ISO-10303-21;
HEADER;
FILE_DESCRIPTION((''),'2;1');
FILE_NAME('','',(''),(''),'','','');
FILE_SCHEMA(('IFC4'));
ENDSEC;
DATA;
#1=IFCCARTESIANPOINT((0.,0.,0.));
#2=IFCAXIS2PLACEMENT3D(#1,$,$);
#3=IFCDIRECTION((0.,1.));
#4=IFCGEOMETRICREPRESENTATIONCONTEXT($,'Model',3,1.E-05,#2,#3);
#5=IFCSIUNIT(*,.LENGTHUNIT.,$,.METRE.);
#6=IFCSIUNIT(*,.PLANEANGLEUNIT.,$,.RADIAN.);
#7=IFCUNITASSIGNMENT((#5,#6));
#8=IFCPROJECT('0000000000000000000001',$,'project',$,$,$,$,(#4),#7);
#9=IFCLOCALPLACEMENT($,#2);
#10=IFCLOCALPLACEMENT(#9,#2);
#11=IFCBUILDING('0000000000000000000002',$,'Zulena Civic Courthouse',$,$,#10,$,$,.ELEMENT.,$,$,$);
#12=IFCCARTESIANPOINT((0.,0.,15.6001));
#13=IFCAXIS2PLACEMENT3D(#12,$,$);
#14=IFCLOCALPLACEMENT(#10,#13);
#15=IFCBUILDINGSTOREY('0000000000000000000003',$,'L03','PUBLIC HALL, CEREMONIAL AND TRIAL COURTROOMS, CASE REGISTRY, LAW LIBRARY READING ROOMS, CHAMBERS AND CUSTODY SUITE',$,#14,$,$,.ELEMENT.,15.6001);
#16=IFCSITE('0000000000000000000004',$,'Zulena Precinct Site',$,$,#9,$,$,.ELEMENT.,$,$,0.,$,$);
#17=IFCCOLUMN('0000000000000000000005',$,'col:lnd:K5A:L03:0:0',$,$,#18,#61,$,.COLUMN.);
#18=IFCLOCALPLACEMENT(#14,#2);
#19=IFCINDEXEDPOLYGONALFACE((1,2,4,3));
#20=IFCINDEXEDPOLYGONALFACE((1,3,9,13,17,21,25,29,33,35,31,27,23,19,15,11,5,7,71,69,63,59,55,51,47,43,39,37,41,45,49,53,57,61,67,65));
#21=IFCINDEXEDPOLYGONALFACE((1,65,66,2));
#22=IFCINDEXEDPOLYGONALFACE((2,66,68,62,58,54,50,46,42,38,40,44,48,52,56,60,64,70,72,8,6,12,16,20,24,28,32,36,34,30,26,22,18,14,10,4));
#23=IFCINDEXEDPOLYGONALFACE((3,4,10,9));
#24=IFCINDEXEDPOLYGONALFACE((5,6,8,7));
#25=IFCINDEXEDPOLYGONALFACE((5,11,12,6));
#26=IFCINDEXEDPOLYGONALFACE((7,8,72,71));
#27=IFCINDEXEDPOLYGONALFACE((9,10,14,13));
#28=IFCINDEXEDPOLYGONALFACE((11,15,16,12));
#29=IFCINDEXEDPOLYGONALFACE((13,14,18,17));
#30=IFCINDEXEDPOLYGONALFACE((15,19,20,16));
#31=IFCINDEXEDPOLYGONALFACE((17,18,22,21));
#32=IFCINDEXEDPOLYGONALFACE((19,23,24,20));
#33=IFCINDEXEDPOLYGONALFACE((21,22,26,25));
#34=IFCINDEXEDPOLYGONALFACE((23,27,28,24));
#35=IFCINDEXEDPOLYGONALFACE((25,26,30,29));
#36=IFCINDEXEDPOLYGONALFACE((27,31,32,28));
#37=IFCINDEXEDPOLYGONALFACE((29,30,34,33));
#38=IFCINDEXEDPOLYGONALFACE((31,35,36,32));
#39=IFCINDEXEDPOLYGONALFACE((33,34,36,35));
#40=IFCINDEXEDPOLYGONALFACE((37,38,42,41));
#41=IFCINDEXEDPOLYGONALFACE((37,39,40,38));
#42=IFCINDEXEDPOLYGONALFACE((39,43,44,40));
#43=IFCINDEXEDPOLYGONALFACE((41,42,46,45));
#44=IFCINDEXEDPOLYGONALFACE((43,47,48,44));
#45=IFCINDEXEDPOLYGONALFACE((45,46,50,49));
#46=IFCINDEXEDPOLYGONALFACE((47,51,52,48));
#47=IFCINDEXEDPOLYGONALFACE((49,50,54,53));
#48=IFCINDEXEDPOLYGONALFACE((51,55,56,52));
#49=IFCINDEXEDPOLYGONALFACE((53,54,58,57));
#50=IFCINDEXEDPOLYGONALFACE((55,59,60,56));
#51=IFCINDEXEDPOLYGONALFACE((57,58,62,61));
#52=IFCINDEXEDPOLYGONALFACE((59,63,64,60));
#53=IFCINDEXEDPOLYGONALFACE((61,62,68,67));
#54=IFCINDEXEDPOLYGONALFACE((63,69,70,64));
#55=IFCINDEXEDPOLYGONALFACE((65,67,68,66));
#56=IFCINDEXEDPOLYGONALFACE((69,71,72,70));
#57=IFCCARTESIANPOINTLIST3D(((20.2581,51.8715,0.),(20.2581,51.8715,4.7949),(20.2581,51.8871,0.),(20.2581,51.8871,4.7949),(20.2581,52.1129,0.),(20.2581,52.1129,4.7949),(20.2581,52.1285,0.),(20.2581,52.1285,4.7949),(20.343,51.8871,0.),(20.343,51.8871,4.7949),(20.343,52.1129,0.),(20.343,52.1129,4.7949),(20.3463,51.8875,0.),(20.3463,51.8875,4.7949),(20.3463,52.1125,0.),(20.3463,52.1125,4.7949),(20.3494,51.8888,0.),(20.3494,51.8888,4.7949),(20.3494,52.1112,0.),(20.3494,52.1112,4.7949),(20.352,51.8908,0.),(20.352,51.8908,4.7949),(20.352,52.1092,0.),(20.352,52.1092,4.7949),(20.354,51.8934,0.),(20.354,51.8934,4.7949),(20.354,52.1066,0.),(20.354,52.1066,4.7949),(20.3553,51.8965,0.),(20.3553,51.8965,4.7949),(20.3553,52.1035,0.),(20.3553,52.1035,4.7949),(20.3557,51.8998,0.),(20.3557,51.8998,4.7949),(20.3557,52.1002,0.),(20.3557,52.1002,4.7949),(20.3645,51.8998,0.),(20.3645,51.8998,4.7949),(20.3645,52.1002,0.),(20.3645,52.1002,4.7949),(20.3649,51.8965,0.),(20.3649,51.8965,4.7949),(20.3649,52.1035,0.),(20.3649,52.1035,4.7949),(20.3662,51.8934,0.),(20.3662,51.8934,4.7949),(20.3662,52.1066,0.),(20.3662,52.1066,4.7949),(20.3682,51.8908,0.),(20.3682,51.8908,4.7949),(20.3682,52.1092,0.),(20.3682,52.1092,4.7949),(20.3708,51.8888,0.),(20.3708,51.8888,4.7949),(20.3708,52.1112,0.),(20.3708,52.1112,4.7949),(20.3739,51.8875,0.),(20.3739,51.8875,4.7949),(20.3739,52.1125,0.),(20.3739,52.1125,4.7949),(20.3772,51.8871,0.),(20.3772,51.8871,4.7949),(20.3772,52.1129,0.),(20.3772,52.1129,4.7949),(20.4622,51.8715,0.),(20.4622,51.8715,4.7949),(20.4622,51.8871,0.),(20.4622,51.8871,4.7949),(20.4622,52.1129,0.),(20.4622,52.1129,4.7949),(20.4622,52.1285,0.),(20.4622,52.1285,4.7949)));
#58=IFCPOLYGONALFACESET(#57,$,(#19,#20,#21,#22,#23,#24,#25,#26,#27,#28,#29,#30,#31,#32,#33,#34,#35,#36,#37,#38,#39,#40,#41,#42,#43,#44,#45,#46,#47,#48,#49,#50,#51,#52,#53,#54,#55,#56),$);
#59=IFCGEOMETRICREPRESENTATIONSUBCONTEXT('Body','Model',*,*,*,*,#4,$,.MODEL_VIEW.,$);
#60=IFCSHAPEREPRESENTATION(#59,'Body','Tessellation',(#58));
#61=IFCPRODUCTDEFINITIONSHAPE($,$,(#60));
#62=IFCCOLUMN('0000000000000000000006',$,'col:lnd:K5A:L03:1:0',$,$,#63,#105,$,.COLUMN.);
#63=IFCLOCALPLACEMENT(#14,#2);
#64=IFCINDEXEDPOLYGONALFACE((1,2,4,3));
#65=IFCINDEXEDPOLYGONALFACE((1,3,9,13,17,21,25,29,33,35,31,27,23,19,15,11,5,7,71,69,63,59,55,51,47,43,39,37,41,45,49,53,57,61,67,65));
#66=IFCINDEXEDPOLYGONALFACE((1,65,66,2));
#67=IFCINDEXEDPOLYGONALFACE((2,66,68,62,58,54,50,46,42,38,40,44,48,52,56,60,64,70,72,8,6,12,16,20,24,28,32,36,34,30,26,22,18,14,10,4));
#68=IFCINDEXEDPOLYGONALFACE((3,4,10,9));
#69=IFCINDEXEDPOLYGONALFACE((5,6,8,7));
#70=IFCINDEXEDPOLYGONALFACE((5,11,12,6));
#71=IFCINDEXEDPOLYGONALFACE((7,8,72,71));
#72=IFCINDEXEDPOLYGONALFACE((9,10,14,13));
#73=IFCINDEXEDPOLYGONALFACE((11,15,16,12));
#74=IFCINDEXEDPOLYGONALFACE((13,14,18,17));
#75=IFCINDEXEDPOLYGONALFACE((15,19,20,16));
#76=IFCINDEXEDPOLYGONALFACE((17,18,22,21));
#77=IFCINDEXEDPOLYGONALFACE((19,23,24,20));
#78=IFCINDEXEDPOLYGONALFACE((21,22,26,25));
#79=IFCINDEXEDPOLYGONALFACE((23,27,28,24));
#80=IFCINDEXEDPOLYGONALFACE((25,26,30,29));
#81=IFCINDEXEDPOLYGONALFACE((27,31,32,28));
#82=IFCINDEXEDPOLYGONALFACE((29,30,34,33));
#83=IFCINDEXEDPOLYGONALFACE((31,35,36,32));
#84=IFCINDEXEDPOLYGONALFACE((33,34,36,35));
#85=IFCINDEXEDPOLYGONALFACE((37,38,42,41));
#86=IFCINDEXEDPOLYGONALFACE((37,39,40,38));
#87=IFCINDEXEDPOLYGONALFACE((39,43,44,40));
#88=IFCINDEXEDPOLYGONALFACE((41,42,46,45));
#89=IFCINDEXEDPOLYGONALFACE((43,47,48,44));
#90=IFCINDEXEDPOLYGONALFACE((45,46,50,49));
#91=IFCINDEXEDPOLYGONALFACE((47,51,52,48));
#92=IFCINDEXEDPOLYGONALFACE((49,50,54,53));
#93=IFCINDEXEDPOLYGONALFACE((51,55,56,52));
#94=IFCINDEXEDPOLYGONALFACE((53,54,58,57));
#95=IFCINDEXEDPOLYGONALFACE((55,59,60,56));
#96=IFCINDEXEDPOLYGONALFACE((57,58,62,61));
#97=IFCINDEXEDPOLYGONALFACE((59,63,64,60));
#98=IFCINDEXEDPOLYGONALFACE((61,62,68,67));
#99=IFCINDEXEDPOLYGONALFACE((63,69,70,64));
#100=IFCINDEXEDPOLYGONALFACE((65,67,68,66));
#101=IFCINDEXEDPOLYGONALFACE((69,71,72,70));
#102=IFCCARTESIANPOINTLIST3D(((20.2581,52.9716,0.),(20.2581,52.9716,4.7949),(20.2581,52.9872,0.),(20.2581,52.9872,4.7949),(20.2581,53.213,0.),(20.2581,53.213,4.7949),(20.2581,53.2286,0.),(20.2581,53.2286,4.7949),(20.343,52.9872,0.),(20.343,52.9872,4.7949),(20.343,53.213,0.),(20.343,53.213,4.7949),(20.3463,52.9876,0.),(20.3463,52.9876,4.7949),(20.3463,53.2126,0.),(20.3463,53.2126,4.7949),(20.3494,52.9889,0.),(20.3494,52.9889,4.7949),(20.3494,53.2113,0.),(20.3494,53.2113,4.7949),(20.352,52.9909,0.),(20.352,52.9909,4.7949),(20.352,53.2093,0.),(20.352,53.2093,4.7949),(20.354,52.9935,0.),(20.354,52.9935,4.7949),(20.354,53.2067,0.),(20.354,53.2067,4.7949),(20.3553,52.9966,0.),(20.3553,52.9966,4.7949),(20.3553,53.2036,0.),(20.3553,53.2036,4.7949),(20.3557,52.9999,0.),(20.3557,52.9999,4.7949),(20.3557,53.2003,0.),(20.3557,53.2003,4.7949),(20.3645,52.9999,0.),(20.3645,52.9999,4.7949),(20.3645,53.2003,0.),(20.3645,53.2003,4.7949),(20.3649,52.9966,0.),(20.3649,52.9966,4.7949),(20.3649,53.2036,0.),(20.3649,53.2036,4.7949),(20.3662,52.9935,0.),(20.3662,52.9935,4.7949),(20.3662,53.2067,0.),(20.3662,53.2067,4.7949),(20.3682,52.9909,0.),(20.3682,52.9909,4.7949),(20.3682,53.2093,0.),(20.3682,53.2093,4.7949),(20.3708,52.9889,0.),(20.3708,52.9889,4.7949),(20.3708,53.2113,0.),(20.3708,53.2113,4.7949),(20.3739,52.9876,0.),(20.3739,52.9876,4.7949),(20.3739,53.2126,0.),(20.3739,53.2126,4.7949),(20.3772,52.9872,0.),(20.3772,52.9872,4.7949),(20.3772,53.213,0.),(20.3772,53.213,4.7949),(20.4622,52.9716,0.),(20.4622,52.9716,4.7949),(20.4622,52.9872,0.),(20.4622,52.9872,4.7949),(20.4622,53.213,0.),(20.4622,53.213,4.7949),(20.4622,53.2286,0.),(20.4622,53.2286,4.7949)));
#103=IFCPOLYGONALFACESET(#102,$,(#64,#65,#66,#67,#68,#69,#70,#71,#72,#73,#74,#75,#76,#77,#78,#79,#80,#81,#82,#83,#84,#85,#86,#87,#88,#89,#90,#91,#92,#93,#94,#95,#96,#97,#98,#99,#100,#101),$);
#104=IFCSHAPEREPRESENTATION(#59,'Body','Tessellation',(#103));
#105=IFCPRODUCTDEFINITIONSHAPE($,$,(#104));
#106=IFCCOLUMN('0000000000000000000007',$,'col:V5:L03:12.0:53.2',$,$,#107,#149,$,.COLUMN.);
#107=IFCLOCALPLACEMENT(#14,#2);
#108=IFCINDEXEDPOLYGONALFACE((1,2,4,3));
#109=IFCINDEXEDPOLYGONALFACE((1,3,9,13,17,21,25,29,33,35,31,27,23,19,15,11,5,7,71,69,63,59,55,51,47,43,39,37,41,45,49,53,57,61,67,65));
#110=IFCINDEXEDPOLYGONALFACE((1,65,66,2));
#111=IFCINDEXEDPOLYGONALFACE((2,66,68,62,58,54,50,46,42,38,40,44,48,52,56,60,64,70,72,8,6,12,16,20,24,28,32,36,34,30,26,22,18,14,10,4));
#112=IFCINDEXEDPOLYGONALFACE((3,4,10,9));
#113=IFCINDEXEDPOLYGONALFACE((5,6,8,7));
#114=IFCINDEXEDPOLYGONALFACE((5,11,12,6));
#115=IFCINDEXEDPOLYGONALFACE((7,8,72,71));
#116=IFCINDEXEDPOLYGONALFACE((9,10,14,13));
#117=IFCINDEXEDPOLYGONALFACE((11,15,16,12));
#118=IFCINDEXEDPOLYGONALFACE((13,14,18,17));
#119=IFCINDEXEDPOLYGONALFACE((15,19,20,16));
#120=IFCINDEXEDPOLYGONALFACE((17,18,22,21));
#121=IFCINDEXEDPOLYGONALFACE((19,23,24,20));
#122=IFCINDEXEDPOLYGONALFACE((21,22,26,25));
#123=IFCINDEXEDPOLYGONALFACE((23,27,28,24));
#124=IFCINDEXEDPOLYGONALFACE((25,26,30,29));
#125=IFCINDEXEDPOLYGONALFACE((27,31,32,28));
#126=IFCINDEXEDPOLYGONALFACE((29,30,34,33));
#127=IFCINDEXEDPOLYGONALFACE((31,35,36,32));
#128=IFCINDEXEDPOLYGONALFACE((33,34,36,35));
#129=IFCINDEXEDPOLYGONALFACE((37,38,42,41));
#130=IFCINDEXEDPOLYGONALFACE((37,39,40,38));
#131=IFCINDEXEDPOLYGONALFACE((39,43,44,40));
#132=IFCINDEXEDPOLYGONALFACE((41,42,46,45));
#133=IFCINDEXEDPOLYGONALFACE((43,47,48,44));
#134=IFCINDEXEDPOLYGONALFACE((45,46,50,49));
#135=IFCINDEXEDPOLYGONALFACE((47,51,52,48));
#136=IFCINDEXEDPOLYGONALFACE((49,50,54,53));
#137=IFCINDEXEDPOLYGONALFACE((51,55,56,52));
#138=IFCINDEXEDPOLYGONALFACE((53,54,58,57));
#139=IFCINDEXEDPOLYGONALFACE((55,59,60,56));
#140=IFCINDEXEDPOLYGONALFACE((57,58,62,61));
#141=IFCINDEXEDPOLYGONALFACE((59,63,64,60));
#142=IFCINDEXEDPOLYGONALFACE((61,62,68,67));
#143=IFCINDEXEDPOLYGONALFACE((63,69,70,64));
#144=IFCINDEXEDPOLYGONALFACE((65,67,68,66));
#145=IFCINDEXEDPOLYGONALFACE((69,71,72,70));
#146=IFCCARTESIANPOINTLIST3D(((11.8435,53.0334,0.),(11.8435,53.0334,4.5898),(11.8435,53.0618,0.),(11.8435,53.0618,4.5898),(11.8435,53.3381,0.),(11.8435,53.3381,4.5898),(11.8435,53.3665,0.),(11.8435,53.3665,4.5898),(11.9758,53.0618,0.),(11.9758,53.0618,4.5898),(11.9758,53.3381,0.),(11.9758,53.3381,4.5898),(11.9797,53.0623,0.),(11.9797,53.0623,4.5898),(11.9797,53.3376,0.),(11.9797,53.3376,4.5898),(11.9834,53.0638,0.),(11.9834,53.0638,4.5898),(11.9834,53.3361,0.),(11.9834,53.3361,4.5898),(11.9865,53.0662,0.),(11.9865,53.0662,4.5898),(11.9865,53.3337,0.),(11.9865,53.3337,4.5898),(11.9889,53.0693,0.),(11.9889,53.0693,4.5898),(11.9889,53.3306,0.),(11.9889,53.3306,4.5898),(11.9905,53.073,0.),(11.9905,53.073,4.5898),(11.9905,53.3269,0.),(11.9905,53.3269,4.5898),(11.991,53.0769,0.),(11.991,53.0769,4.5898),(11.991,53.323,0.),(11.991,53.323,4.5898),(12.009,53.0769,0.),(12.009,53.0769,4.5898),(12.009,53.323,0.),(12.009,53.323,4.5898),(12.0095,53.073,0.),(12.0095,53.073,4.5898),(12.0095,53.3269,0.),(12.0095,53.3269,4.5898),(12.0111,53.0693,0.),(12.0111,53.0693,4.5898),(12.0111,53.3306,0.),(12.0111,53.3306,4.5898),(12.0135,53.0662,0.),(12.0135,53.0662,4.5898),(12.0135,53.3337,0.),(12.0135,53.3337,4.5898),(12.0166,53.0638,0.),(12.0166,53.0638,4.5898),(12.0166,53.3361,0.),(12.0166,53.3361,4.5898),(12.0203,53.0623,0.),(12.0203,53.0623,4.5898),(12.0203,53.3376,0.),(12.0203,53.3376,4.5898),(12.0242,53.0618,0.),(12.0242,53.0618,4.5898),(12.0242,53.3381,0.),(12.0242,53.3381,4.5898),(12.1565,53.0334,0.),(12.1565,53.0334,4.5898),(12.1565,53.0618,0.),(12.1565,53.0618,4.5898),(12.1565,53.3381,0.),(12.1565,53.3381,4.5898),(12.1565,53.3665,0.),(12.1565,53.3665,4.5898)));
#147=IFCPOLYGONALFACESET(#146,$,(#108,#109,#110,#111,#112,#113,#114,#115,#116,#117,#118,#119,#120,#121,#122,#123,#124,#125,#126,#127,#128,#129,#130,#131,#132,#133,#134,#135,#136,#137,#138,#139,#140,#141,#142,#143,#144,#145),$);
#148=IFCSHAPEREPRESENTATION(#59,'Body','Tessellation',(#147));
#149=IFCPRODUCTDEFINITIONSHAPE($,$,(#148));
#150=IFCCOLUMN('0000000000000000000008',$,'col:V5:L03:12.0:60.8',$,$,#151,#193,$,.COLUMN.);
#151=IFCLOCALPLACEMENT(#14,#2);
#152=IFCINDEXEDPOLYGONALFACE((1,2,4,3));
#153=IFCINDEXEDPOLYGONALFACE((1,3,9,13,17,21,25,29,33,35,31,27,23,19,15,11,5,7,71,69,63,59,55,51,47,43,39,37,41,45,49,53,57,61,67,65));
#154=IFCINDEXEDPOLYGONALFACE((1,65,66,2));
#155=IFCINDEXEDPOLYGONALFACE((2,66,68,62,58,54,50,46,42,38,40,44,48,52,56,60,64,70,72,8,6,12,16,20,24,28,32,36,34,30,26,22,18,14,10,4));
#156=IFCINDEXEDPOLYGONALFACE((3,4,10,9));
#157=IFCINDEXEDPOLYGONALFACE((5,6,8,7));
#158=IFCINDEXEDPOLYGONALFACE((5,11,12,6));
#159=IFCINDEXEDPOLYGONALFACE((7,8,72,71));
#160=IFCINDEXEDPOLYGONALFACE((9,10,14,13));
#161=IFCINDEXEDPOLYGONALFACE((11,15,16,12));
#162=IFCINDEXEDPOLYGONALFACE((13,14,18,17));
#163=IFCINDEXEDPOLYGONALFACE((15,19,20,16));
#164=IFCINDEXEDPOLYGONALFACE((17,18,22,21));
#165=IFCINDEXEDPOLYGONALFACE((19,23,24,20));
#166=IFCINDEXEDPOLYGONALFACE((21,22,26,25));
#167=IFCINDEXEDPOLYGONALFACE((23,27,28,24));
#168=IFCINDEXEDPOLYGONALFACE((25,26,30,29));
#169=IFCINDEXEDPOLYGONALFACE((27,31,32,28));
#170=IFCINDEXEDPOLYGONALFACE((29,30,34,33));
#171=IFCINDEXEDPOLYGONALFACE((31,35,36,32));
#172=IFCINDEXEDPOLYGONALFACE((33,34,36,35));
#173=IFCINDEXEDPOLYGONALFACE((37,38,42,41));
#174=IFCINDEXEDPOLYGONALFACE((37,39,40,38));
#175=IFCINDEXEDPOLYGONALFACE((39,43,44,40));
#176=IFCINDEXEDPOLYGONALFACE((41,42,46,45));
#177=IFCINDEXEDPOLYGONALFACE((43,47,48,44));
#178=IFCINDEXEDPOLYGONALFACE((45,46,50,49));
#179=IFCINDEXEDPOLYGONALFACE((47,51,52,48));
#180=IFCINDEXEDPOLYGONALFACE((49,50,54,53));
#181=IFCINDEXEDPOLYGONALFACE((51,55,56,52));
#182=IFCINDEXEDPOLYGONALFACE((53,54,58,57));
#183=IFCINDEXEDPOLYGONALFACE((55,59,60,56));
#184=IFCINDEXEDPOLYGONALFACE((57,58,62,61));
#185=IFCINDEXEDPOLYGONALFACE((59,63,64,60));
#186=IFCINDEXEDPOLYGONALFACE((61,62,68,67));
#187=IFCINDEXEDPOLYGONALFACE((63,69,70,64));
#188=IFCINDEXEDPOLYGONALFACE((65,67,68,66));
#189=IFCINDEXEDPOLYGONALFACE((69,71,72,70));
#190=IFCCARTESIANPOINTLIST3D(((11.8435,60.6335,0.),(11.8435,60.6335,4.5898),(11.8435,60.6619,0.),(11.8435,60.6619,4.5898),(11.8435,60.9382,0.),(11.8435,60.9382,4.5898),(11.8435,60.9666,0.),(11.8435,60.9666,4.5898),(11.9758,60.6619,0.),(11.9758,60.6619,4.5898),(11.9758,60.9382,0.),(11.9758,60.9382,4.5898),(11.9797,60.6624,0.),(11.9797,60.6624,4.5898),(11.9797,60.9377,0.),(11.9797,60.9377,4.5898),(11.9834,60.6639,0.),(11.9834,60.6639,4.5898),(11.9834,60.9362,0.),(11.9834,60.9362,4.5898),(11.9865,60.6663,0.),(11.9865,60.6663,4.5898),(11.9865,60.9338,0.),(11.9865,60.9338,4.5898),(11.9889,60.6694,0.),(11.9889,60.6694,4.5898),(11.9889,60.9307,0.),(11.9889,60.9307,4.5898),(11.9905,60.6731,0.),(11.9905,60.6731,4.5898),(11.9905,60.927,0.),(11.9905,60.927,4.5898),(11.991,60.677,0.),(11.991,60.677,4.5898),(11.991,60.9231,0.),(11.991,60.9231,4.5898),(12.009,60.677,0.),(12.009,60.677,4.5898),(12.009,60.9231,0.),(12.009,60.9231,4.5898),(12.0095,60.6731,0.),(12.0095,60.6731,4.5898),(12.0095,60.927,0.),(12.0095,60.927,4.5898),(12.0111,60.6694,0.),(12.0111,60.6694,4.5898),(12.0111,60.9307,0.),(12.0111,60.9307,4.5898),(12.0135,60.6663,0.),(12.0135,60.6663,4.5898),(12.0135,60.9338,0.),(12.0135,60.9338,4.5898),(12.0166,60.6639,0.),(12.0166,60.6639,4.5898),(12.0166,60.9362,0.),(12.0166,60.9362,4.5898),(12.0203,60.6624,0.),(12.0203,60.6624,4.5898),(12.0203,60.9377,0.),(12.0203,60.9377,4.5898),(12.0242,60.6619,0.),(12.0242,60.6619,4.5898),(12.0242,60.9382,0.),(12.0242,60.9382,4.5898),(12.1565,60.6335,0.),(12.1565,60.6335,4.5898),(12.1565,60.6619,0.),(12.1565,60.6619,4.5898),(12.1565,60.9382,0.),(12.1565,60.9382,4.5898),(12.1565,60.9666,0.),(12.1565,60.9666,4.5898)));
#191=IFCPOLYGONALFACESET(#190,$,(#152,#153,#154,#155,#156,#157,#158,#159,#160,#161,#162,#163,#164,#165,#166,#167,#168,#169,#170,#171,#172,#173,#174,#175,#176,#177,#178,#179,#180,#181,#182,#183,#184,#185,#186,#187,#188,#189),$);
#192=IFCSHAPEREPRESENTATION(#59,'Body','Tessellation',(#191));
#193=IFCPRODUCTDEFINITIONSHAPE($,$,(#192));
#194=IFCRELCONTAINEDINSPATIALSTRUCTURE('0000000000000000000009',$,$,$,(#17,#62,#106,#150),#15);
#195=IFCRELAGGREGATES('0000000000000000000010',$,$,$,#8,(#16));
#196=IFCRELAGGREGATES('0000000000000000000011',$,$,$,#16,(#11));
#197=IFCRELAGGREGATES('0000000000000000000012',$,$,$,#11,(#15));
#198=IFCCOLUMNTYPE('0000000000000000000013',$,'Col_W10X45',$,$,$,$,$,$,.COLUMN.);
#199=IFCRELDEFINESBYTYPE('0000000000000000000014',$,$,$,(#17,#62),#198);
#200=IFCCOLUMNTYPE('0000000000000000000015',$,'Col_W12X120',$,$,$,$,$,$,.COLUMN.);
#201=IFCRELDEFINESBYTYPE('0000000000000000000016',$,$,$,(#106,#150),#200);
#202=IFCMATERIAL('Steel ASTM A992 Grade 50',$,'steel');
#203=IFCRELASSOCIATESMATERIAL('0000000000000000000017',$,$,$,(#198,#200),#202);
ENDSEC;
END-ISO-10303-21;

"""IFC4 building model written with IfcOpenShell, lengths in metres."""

from ifc_helpers import new_model, si_unit, direction, frame, origin, origin_2d, place, context, subcontext, project, spatial, i_section, extrude, material, material_profile, profile_set, type_object, element, save


model = new_model("IFC4")

# Units and contexts
model_context = context("Model", 3, precision=1e-05, world=origin(), true_north=direction((0.0, 1.0)))
body_context = subcontext(model_context, "Body", "Model", "MODEL_VIEW")
ifc_project = project(units=[si_unit("LENGTHUNIT", "METRE"), si_unit("PLANEANGLEUNIT", "RADIAN")], contexts=[model_context])

# Site, building, storey
site_placement = place(None, origin())
site = spatial("IfcSite", under=ifc_project, at=site_placement, Name="Zulena Precinct Site", CompositionType="ELEMENT", RefElevation=0.0)
building_placement = place(site_placement, origin())
building = spatial("IfcBuilding", under=site, at=building_placement, Name="Zulena Civic Courthouse", CompositionType="ELEMENT")
storey_placement = place(building_placement, frame((0.0, 0.0, 15.6001)))
storey = spatial("IfcBuildingStorey", under=building, at=storey_placement, Name="L03", Description="PUBLIC HALL, CEREMONIAL AND TRIAL COURTROOMS, CASE REGISTRY, LAW LIBRARY READING ROOMS, CHAMBERS AND CUSTODY SUITE", CompositionType="ELEMENT", Elevation=15.6001)

# Columns
ifc_material_1 = material(Name="Steel ASTM A992 Grade 50", Category="steel")
ifc_material_profile_1 = material_profile(ifc_material_1, i_section(OverallWidth=0.2041, OverallDepth=0.2571, WebThickness=0.0088, FlangeThickness=0.0156, FilletRadius=0.0127, at=origin_2d()), Name="W10X45")
ifc_profile_set_1 = profile_set([ifc_material_profile_1], Name="Steel ASTM A992 Grade 50")
column_type_1 = type_object("IfcColumnType", Name="Col_W10X45", PredefinedType="COLUMN", material=ifc_profile_set_1)
for number, where, z_axis, x_axis, name in (
    (1, (20.3601, 52.0, 0.0), (0.0, 0.0, 1.0), (1.0, 0.0, 0.0), "col:lnd:K5A:L03:0:0"),
    (2, (20.3601, 53.1001, 0.0), (0.0, 0.0, 1.0), (1.0, 0.0, 0.0), "col:lnd:K5A:L03:1:0"),
):
    element("IfcColumn", number, at=place(storey_placement, frame(where, z_axis=z_axis, x_axis=x_axis)), inside=storey, type_object=column_type_1, Name=name, PredefinedType="COLUMN", context=body_context, shape_type="SweptSolid", body=[
        extrude(i_section(OverallWidth=0.2041, OverallDepth=0.2571, WebThickness=0.0088, FlangeThickness=0.0156, FilletRadius=0.0127, at=origin_2d()), origin(), (0.0, 0.0, 1.0), 4.7949),
    ])
ifc_material_profile_2 = material_profile(ifc_material_1, i_section(OverallWidth=0.313, OverallDepth=0.333, WebThickness=0.0181, FlangeThickness=0.0283, FilletRadius=0.0151, at=origin_2d()), Name="W12X120")
ifc_profile_set_2 = profile_set([ifc_material_profile_2], Name="Steel ASTM A992 Grade 50")
column_type_2 = type_object("IfcColumnType", Name="Col_W12X120", PredefinedType="COLUMN", material=ifc_profile_set_2)
for number, where, z_axis, x_axis, name in (
    (3, (12.0, 53.2, 0.0), (0.0, 0.0, 1.0), (1.0, 0.0, 0.0), "col:V5:L03:12.0:53.2"),
    (4, (12.0, 60.8, 0.0), (0.0, 0.0, 1.0), (1.0, 0.0, 0.0), "col:V5:L03:12.0:60.8"),
):
    element("IfcColumn", number, at=place(storey_placement, frame(where, z_axis=z_axis, x_axis=x_axis)), inside=storey, type_object=column_type_2, Name=name, PredefinedType="COLUMN", context=body_context, shape_type="SweptSolid", body=[
        extrude(i_section(OverallWidth=0.313, OverallDepth=0.333, WebThickness=0.0181, FlangeThickness=0.0283, FilletRadius=0.0151, at=origin_2d()), origin(), (0.0, 0.0, 1.0), 4.5898),
    ])

save(model, "model.ifc")
